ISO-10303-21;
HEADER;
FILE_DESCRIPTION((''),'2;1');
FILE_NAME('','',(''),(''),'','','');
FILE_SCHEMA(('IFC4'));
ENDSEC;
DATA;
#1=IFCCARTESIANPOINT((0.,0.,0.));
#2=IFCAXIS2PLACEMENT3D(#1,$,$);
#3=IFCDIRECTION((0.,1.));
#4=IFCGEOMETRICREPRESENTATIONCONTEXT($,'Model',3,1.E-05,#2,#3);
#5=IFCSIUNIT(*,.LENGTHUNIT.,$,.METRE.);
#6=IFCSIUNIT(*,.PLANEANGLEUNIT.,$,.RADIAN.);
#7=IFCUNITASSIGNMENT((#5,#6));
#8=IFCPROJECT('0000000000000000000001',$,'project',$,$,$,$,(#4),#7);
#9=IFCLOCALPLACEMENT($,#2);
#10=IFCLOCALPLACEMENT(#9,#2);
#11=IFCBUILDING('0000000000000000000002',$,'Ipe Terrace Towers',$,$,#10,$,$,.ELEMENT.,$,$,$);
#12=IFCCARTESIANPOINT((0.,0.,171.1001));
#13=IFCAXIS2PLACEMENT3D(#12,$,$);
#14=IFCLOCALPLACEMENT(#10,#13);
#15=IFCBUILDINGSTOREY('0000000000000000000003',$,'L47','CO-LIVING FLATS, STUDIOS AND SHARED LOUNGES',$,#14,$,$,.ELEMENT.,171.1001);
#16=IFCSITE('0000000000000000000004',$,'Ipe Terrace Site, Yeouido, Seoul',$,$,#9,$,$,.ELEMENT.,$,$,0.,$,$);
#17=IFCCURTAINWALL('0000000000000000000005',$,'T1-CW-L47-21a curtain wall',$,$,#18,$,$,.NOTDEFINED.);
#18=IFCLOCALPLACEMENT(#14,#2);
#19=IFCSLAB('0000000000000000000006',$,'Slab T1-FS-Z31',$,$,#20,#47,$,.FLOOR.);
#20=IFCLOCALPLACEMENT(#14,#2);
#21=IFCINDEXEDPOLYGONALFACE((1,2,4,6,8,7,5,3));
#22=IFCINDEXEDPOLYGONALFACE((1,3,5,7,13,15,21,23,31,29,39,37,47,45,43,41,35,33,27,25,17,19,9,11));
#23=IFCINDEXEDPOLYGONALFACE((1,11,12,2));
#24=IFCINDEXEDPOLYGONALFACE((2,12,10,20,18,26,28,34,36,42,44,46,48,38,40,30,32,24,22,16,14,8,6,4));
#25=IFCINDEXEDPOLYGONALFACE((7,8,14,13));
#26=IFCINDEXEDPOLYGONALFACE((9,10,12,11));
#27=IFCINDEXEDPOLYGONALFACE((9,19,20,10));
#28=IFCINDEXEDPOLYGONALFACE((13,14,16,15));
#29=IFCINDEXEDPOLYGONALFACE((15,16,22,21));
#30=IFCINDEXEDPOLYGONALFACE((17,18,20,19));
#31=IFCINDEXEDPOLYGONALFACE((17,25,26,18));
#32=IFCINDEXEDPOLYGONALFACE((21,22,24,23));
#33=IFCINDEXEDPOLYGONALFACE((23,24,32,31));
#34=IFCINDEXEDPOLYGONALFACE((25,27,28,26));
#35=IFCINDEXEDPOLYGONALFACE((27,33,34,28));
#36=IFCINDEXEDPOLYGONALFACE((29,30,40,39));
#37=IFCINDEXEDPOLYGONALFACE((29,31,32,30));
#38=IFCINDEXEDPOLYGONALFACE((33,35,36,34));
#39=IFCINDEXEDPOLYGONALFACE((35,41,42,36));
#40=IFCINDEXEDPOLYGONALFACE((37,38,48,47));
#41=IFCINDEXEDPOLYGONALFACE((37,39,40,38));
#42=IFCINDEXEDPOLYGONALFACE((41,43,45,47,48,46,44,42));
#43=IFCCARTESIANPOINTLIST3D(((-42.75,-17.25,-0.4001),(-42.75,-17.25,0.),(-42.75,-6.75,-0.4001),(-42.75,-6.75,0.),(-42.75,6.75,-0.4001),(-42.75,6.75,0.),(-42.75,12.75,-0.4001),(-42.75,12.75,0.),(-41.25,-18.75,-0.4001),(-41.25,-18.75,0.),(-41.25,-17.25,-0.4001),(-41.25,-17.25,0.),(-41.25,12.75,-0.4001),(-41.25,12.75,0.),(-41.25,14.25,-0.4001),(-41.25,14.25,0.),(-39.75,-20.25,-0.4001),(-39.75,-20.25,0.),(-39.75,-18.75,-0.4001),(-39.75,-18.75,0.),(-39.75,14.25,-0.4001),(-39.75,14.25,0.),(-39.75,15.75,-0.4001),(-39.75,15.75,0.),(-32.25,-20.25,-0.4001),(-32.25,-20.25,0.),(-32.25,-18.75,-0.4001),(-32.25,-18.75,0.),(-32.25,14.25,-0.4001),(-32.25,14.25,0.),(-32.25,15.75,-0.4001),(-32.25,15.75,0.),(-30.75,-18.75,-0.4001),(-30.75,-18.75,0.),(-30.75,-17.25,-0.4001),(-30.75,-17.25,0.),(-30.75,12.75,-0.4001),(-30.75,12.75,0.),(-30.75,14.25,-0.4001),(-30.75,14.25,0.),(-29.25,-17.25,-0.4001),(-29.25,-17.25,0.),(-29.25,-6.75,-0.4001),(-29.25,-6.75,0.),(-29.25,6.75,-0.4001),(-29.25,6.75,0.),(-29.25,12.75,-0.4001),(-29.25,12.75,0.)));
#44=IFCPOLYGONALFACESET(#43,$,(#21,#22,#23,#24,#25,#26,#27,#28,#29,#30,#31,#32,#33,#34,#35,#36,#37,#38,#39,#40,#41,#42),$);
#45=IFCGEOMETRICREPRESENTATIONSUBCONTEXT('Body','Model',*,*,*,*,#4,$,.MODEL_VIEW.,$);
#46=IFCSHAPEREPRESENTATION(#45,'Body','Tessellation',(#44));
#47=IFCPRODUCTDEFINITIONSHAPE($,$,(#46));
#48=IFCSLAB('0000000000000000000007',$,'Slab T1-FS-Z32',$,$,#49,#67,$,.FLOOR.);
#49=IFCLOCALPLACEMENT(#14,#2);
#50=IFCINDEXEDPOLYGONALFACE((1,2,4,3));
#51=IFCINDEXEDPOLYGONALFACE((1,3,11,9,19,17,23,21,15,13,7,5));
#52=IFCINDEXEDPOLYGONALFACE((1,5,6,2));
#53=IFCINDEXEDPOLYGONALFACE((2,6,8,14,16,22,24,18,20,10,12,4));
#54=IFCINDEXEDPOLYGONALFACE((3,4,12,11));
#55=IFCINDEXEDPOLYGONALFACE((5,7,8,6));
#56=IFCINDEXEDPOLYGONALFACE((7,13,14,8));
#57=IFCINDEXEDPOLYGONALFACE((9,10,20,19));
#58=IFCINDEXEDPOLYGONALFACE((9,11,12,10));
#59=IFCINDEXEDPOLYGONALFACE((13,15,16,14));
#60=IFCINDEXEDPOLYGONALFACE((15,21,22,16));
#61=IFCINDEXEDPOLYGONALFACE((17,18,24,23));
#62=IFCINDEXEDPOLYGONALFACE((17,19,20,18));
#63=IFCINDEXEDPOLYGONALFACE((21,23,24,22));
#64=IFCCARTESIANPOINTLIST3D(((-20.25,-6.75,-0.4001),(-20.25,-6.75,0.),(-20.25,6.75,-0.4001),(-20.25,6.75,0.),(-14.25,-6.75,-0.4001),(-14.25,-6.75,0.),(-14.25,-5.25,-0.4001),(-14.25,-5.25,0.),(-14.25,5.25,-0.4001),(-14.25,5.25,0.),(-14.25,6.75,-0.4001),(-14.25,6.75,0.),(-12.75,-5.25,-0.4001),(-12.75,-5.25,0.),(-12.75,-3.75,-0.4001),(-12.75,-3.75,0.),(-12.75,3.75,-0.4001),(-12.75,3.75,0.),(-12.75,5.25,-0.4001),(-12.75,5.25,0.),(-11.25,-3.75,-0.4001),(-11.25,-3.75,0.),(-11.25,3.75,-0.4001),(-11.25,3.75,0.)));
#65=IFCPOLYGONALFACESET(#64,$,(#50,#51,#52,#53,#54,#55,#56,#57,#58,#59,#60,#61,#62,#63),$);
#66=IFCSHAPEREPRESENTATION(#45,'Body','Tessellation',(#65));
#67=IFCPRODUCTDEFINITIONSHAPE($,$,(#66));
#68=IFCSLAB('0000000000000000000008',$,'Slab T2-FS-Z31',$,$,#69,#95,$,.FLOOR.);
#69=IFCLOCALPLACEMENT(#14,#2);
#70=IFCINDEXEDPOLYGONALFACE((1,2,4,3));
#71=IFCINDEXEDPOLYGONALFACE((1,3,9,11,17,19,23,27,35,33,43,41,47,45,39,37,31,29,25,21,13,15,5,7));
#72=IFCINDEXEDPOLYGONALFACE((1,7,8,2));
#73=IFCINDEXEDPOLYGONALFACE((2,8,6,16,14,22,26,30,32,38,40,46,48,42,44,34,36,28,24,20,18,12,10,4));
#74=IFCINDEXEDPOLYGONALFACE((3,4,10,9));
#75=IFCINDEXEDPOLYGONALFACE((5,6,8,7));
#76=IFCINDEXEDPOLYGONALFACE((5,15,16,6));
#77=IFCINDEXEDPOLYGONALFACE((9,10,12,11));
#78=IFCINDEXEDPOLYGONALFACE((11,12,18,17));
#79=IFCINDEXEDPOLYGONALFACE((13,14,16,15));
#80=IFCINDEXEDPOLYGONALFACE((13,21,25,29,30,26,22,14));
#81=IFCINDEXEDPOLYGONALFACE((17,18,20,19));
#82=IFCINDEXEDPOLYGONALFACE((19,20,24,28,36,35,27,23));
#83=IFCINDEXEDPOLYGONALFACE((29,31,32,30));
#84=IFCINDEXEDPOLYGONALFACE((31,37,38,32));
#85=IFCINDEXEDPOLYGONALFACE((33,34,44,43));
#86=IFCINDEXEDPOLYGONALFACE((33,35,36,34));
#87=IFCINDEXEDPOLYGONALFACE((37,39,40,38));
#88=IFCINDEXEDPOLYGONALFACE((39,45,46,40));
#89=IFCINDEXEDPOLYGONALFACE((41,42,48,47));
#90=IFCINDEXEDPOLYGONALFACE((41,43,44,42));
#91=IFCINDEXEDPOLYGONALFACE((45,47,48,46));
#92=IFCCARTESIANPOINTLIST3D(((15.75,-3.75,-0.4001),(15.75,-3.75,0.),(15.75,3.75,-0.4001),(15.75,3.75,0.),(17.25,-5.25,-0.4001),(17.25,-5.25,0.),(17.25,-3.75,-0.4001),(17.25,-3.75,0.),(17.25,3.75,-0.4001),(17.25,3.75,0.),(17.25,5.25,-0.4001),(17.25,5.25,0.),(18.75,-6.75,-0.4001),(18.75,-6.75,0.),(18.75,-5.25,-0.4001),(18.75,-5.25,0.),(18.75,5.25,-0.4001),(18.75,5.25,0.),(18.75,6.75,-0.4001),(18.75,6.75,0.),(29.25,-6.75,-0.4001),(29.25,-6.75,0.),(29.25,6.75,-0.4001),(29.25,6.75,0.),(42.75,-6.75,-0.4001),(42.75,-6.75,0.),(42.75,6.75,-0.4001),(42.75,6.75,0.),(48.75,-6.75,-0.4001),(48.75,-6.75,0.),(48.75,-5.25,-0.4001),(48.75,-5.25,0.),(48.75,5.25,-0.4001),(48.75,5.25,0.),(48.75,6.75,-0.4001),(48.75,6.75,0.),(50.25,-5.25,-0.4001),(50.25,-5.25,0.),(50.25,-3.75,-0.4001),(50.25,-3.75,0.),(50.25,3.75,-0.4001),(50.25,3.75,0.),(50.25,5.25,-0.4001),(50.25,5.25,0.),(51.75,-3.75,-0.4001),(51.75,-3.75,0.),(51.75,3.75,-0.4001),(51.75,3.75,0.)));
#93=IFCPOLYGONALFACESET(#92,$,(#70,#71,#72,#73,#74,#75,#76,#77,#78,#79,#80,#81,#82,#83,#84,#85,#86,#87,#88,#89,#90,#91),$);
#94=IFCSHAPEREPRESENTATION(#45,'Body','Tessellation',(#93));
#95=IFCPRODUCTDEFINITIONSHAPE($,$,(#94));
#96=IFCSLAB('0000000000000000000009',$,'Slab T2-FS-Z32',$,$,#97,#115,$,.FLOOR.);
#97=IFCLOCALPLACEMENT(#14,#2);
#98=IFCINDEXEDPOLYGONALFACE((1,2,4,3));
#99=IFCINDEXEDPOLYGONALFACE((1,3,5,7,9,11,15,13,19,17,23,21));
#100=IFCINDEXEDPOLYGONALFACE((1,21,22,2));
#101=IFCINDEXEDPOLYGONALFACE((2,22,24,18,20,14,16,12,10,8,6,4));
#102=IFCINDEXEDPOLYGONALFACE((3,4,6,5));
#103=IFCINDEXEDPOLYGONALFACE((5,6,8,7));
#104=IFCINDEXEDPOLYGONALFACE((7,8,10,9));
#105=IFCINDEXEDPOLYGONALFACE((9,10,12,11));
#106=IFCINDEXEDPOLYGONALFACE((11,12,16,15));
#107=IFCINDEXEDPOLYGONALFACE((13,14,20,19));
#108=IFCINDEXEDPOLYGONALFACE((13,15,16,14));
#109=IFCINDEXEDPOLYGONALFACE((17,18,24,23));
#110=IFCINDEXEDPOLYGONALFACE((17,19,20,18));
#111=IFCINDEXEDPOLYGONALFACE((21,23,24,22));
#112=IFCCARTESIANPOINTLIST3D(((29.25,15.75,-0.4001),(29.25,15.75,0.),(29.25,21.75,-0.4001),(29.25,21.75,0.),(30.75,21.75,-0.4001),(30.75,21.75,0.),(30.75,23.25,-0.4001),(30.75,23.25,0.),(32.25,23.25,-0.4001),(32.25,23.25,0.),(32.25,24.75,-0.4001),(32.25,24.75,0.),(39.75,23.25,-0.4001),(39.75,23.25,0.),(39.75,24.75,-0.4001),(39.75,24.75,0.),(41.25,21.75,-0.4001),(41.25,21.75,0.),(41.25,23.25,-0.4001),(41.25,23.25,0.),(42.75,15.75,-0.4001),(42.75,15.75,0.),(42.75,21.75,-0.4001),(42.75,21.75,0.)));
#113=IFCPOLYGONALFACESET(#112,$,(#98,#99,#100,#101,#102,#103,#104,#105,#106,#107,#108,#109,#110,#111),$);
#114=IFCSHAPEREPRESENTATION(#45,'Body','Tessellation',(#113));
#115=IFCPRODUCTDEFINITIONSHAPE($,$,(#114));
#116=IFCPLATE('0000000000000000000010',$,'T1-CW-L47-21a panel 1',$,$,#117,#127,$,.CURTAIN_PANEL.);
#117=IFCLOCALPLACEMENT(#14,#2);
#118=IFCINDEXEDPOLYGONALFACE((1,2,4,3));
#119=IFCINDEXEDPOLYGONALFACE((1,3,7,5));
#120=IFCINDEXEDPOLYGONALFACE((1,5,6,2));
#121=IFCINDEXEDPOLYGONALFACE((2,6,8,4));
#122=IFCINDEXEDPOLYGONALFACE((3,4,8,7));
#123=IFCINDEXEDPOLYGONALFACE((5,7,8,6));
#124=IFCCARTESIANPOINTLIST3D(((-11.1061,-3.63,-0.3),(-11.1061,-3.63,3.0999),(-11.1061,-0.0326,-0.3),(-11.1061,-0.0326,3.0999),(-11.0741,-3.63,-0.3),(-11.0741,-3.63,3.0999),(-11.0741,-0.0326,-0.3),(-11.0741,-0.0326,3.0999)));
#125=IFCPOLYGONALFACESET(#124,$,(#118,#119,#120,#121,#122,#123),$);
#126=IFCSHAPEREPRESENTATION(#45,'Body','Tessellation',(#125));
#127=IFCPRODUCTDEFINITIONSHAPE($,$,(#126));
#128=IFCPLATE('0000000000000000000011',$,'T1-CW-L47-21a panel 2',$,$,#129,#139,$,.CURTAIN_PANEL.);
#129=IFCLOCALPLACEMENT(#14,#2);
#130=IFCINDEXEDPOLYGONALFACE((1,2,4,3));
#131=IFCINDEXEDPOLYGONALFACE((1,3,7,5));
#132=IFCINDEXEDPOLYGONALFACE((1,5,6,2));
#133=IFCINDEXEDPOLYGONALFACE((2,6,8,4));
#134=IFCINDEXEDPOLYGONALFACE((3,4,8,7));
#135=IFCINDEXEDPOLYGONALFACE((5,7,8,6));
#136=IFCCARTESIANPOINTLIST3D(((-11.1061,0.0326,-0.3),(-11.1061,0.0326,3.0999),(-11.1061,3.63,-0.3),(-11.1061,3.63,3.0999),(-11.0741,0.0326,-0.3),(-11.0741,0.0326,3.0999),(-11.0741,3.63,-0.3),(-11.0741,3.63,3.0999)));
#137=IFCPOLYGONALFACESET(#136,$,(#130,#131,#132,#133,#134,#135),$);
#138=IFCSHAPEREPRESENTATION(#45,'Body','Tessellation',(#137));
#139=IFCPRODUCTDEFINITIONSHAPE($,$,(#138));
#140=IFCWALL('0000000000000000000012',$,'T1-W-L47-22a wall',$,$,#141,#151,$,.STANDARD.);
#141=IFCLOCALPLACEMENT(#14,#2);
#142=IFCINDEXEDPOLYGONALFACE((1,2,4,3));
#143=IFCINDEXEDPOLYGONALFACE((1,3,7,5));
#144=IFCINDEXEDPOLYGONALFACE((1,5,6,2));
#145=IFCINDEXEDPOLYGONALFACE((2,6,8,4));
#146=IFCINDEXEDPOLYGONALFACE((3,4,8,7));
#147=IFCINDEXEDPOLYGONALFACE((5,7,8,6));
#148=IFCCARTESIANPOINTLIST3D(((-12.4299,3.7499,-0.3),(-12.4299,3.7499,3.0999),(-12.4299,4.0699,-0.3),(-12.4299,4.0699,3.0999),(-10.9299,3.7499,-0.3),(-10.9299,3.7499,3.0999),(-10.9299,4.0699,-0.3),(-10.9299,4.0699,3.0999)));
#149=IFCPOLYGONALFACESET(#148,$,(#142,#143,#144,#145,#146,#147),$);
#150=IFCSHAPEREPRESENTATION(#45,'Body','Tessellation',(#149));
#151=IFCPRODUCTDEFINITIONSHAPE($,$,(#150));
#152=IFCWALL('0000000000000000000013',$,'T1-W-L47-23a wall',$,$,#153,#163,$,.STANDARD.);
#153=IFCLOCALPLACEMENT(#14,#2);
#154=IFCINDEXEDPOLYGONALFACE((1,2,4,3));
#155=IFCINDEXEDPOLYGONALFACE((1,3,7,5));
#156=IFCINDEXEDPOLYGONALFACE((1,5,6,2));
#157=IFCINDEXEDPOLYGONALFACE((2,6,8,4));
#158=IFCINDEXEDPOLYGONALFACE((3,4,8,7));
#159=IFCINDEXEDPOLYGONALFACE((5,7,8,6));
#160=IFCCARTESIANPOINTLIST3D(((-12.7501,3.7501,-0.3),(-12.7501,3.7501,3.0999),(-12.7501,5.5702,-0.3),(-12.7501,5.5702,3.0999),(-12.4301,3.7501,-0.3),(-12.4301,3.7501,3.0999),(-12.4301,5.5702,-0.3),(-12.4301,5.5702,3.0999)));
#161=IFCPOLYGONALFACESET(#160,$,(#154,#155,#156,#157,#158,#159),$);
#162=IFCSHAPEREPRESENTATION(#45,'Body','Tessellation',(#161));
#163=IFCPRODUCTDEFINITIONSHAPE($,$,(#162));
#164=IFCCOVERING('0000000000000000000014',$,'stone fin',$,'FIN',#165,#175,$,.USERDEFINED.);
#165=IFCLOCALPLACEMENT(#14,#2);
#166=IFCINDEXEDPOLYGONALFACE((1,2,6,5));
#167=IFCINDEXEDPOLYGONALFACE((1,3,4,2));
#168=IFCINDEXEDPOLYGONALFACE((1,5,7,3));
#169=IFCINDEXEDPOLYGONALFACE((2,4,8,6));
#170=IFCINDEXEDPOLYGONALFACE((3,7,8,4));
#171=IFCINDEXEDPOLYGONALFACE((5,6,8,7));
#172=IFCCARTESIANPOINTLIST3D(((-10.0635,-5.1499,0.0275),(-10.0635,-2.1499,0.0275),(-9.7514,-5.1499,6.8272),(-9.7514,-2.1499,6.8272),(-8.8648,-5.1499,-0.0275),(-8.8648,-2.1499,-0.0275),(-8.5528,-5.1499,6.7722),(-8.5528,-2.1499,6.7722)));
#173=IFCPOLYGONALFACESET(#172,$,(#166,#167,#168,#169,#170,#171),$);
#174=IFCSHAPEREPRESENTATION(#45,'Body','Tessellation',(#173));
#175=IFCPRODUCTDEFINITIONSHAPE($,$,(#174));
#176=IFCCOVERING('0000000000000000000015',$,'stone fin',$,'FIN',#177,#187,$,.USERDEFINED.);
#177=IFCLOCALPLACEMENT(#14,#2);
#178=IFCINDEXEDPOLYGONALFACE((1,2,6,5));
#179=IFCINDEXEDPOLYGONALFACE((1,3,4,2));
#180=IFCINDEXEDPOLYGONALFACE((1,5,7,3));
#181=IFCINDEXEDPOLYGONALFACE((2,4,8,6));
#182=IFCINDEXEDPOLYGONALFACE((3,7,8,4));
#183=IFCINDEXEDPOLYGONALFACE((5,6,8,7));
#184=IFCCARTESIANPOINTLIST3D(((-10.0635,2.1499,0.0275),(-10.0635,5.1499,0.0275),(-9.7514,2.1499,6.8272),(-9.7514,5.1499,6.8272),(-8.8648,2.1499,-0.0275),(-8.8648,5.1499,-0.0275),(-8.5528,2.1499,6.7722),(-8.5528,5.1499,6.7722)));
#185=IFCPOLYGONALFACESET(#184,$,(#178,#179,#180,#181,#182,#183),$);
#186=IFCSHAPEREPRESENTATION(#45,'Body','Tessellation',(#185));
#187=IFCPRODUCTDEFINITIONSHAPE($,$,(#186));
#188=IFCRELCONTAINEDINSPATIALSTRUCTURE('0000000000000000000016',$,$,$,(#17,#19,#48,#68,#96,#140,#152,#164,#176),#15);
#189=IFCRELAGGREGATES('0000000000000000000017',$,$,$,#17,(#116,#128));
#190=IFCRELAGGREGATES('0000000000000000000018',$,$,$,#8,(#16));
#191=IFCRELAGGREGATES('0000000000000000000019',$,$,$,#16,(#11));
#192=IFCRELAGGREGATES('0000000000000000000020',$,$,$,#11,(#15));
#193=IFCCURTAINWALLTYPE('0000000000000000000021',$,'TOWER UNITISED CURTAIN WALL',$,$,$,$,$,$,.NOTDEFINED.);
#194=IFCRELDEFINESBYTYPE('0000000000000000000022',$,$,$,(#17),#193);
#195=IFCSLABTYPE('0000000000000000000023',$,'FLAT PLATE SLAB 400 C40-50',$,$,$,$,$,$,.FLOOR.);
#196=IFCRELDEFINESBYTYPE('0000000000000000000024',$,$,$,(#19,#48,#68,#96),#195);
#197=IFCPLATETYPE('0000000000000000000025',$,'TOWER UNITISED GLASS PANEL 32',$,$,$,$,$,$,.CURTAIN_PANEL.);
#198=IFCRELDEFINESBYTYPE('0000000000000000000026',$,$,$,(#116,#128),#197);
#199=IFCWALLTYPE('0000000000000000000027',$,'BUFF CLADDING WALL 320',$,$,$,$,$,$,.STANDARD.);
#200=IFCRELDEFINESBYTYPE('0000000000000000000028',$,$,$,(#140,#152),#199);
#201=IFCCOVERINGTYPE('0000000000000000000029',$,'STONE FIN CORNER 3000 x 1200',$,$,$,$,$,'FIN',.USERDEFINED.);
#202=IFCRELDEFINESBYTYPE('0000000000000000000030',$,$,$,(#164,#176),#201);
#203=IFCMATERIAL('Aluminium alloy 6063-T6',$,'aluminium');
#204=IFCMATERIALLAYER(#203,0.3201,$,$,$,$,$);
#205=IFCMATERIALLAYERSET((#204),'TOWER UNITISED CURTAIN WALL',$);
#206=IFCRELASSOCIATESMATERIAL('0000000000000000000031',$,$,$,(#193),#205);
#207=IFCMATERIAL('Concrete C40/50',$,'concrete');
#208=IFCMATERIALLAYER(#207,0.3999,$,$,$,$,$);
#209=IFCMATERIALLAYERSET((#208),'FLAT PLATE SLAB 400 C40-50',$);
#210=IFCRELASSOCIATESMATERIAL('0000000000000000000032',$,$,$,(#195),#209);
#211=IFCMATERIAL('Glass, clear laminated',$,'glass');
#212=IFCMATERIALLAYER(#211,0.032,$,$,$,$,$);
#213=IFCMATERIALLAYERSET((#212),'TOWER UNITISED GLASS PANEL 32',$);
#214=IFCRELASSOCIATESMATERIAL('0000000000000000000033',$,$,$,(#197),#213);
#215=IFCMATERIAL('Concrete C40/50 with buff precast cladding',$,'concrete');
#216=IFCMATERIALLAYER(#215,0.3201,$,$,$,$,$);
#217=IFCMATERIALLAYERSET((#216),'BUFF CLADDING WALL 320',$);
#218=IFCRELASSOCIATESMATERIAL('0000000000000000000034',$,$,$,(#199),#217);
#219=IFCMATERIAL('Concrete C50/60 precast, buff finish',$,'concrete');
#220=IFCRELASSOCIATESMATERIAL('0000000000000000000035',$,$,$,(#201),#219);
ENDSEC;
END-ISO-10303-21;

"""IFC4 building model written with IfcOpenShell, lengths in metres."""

from ifc_helpers import new_model, si_unit, direction, frame, frame_2d, origin, origin_2d, place, context, subcontext, project, spatial, polyline, rectangle, outline, extrude, material, layer, layer_set, material_profile, profile_set, type_object, element, aggregate, save


model = new_model("IFC4")

# Units and contexts
model_context = context("Model", 3, precision=1e-05, world=origin(), true_north=direction((0.0, 1.0)))
body_context = subcontext(model_context, "Body", "Model", "MODEL_VIEW")
ifc_project = project(units=[si_unit("LENGTHUNIT", "METRE"), si_unit("PLANEANGLEUNIT", "RADIAN")], contexts=[model_context])

# Site, building, storey
site_placement = place(None, origin())
site = spatial("IfcSite", under=ifc_project, at=site_placement, Name="Ipe Terrace Site, Yeouido, Seoul", CompositionType="ELEMENT", RefElevation=0.0)
building_placement = place(site_placement, origin())
building = spatial("IfcBuilding", under=site, at=building_placement, Name="Ipe Terrace Towers", CompositionType="ELEMENT")
storey_placement = place(building_placement, frame((0.0, 0.0, 171.1001)))
storey = spatial("IfcBuildingStorey", under=building, at=storey_placement, Name="L47", Description="CO-LIVING FLATS, STUDIOS AND SHARED LOUNGES", CompositionType="ELEMENT", Elevation=171.1001)

# Curtain wall
ifc_material_1 = material(Name="Aluminium alloy 6063-T6", Category="aluminium")
ifc_layer_1 = layer(ifc_material_1, 0.3201)
ifc_layer_set_1 = layer_set([ifc_layer_1], Name="TOWER UNITISED CURTAIN WALL")
curtain_wall_type = type_object("IfcCurtainWallType", Name="TOWER UNITISED CURTAIN WALL", PredefinedType="NOTDEFINED", material=ifc_layer_set_1)
curtain_wall_placement = place(storey_placement, origin())
curtain_wall = element("IfcCurtainWall", 1, at=curtain_wall_placement, inside=storey, type_object=curtain_wall_type, Name="T1-CW-L47-21a curtain wall", PredefinedType="NOTDEFINED")

# Slabs
ifc_material_2 = material(Name="Concrete C40/50", Category="concrete")
ifc_layer_2 = layer(ifc_material_2, 0.3999)
ifc_layer_set_2 = layer_set([ifc_layer_2], Name="FLAT PLATE SLAB 400 C40-50")
slab_type_1 = type_object("IfcSlabType", Name="FLAT PLATE SLAB 400 C40-50", PredefinedType="FLOOR", material=ifc_layer_set_2)
slab_1_placement = place(storey_placement, frame((0.0, 0.0, -0.4001)))
element("IfcSlab", 2, at=slab_1_placement, inside=storey, type_object=slab_type_1, Name="Slab T1-FS-Z31", PredefinedType="FLOOR", context=body_context, shape_type="SweptSolid", body=[
    extrude(outline(polyline([(-30.75, -17.25), (-30.75, -18.75), (-32.25, -18.75), (-32.25, -20.25), (-39.75, -20.25), (-39.75, -18.75), (-41.25, -18.75), (-41.25, -17.25), (-42.75, -17.25), (-42.75, -6.75), (-42.75, 6.75), (-42.75, 12.75), (-41.25, 12.75), (-41.25, 14.25), (-39.75, 14.25), (-39.75, 15.75), (-32.25, 15.75), (-32.25, 14.25), (-30.75, 14.25), (-30.75, 12.75), (-29.25, 12.75), (-29.25, 6.75), (-29.25, -6.75), (-29.25, -17.25), (-30.75, -17.25)])), origin(), (0.0, 0.0, 1.0), 0.4001),
])
slab_2_placement = place(storey_placement, frame((0.0, 0.0, -0.4001)))
element("IfcSlab", 3, at=slab_2_placement, inside=storey, type_object=slab_type_1, Name="Slab T1-FS-Z32", PredefinedType="FLOOR", context=body_context, shape_type="SweptSolid", body=[
    extrude(outline(polyline([(-14.25, 5.25), (-12.75, 5.25), (-12.75, 3.75), (-11.25, 3.75), (-11.25, -3.75), (-12.75, -3.75), (-12.75, -5.25), (-14.25, -5.25), (-14.25, -6.75), (-20.25, -6.75), (-20.25, 6.75), (-14.25, 6.75), (-14.25, 5.25)])), origin(), (0.0, 0.0, 1.0), 0.4001),
])
slab_3_placement = place(storey_placement, frame((0.0, 0.0, -0.4001)))
element("IfcSlab", 4, at=slab_3_placement, inside=storey, type_object=slab_type_1, Name="Slab T2-FS-Z31", PredefinedType="FLOOR", context=body_context, shape_type="SweptSolid", body=[
    extrude(outline(polyline([(48.75, 5.25), (50.25, 5.25), (50.25, 3.75), (51.75, 3.75), (51.75, -3.75), (50.25, -3.75), (50.25, -5.25), (48.75, -5.25), (48.75, -6.75), (42.75, -6.75), (29.25, -6.75), (18.75, -6.75), (18.75, -5.25), (17.25, -5.25), (17.25, -3.75), (15.75, -3.75), (15.75, 3.75), (17.25, 3.75), (17.25, 5.25), (18.75, 5.25), (18.75, 6.75), (29.25, 6.75), (42.75, 6.75), (48.75, 6.75), (48.75, 5.25)])), origin(), (0.0, 0.0, 1.0), 0.4001),
])
slab_4_placement = place(storey_placement, frame((0.0, 0.0, -0.4001)))
element("IfcSlab", 5, at=slab_4_placement, inside=storey, type_object=slab_type_1, Name="Slab T2-FS-Z32", PredefinedType="FLOOR", context=body_context, shape_type="SweptSolid", body=[
    extrude(outline(polyline([(30.75, 21.75), (30.75, 23.25), (32.25, 23.25), (32.25, 24.75), (39.75, 24.75), (39.75, 23.25), (41.25, 23.25), (41.25, 21.75), (42.75, 21.75), (42.75, 15.75), (29.25, 15.75), (29.25, 21.75), (30.75, 21.75)])), origin(), (0.0, 0.0, 1.0), 0.4001),
])

# Plates
ifc_material_3 = material(Name="Glass, clear laminated", Category="glass")
ifc_layer_3 = layer(ifc_material_3, 0.032)
ifc_layer_set_3 = layer_set([ifc_layer_3], Name="TOWER UNITISED GLASS PANEL 32")
plate_type = type_object("IfcPlateType", Name="TOWER UNITISED GLASS PANEL 32", PredefinedType="CURTAIN_PANEL", material=ifc_layer_set_3)
plate_1_placement = place(storey_placement, frame((-11.0901, -1.8313, -0.3), z_axis=(0.0, 0.0, 1.0), x_axis=(0.0, 1.0, 0.0)))
plate_1 = element("IfcPlate", 6, at=plate_1_placement, type_object=plate_type, Name="T1-CW-L47-21a panel 1", PredefinedType="CURTAIN_PANEL", context=body_context, shape_type="SweptSolid", body=[
    extrude(rectangle(XDim=3.5974, YDim=0.032, at=origin_2d()), origin(), (0.0, 0.0, 1.0), 3.3999),
])
plate_2_placement = place(storey_placement, frame((-11.0901, 1.8313, -0.3), z_axis=(0.0, 0.0, 1.0), x_axis=(0.0, 1.0, 0.0)))
plate_2 = element("IfcPlate", 7, at=plate_2_placement, type_object=plate_type, Name="T1-CW-L47-21a panel 2", PredefinedType="CURTAIN_PANEL", context=body_context, shape_type="SweptSolid", body=[
    extrude(rectangle(XDim=3.5974, YDim=0.032, at=origin_2d()), origin(), (0.0, 0.0, 1.0), 3.3999),
])
aggregate(curtain_wall, [plate_1, plate_2])

# Walls
ifc_material_4 = material(Name="Concrete C40/50 with buff precast cladding", Category="concrete")
ifc_layer_4 = layer(ifc_material_4, 0.3201)
ifc_layer_set_4 = layer_set([ifc_layer_4], Name="BUFF CLADDING WALL 320")
wall_type = type_object("IfcWallType", Name="BUFF CLADDING WALL 320", PredefinedType="STANDARD", material=ifc_layer_set_4)
wall_1_placement = place(storey_placement, frame((-10.9299, 3.9099, -0.3), z_axis=(0.0, 0.0, 1.0), x_axis=(-1.0, 0.0, 0.0)))
element("IfcWall", 8, at=wall_1_placement, inside=storey, type_object=wall_type, Name="T1-W-L47-22a wall", PredefinedType="STANDARD", context=body_context, shape_type="SweptSolid", body=[
    extrude(rectangle(XDim=1.5, YDim=0.3201, at=frame_2d((0.75, 0.0))), origin(), (0.0, 0.0, 1.0), 3.3999),
])
wall_2_placement = place(storey_placement, frame((-12.5901, 3.75, -0.3), z_axis=(0.0, 0.0, 1.0), x_axis=(0.0, 1.0, 0.0)))
element("IfcWall", 9, at=wall_2_placement, inside=storey, type_object=wall_type, Name="T1-W-L47-23a wall", PredefinedType="STANDARD", context=body_context, shape_type="SweptSolid", body=[
    extrude(rectangle(XDim=1.8201, YDim=0.3201, at=frame_2d((0.9102, 0.0))), origin(), (0.0, 0.0, 1.0), 3.3999),
])

# Coverings
ifc_material_5 = material(Name="Concrete C50/60 precast, buff finish", Category="concrete")
ifc_material_profile_1 = material_profile(ifc_material_5, rectangle(XDim=3.0, YDim=1.2, at=origin_2d()), Name="STONE FIN CORNER 3000 x 1200")
ifc_profile_set_1 = profile_set([ifc_material_profile_1], Name="Concrete C50/60 precast, buff finish")
covering_type_1 = type_object("IfcCoveringType", Name="STONE FIN CORNER 3000 x 1200", ElementType="FIN", PredefinedType="USERDEFINED", material=ifc_profile_set_1)
for number, where, z_axis, x_axis, name in (
    (10, (-9.4641, -3.6499, 0.0), (0.045837, 0.0, 0.998949), (0.0, 1.0, 0.0), "stone fin"),
    (11, (-9.4641, 3.6499, 0.0), (0.045837, 0.0, 0.998949), (0.0, 1.0, 0.0), "stone fin"),
):
    element("IfcCovering", number, at=place(storey_placement, frame(where, z_axis=z_axis, x_axis=x_axis)), inside=storey, type_object=covering_type_1, Name=name, ObjectType="FIN", PredefinedType="USERDEFINED", context=body_context, shape_type="SweptSolid", body=[
        extrude(rectangle(XDim=3.0, YDim=1.2, at=origin_2d()), origin(), (0.0, 0.0, 1.0), 6.8069),
    ])

save(model, "model.ifc")
